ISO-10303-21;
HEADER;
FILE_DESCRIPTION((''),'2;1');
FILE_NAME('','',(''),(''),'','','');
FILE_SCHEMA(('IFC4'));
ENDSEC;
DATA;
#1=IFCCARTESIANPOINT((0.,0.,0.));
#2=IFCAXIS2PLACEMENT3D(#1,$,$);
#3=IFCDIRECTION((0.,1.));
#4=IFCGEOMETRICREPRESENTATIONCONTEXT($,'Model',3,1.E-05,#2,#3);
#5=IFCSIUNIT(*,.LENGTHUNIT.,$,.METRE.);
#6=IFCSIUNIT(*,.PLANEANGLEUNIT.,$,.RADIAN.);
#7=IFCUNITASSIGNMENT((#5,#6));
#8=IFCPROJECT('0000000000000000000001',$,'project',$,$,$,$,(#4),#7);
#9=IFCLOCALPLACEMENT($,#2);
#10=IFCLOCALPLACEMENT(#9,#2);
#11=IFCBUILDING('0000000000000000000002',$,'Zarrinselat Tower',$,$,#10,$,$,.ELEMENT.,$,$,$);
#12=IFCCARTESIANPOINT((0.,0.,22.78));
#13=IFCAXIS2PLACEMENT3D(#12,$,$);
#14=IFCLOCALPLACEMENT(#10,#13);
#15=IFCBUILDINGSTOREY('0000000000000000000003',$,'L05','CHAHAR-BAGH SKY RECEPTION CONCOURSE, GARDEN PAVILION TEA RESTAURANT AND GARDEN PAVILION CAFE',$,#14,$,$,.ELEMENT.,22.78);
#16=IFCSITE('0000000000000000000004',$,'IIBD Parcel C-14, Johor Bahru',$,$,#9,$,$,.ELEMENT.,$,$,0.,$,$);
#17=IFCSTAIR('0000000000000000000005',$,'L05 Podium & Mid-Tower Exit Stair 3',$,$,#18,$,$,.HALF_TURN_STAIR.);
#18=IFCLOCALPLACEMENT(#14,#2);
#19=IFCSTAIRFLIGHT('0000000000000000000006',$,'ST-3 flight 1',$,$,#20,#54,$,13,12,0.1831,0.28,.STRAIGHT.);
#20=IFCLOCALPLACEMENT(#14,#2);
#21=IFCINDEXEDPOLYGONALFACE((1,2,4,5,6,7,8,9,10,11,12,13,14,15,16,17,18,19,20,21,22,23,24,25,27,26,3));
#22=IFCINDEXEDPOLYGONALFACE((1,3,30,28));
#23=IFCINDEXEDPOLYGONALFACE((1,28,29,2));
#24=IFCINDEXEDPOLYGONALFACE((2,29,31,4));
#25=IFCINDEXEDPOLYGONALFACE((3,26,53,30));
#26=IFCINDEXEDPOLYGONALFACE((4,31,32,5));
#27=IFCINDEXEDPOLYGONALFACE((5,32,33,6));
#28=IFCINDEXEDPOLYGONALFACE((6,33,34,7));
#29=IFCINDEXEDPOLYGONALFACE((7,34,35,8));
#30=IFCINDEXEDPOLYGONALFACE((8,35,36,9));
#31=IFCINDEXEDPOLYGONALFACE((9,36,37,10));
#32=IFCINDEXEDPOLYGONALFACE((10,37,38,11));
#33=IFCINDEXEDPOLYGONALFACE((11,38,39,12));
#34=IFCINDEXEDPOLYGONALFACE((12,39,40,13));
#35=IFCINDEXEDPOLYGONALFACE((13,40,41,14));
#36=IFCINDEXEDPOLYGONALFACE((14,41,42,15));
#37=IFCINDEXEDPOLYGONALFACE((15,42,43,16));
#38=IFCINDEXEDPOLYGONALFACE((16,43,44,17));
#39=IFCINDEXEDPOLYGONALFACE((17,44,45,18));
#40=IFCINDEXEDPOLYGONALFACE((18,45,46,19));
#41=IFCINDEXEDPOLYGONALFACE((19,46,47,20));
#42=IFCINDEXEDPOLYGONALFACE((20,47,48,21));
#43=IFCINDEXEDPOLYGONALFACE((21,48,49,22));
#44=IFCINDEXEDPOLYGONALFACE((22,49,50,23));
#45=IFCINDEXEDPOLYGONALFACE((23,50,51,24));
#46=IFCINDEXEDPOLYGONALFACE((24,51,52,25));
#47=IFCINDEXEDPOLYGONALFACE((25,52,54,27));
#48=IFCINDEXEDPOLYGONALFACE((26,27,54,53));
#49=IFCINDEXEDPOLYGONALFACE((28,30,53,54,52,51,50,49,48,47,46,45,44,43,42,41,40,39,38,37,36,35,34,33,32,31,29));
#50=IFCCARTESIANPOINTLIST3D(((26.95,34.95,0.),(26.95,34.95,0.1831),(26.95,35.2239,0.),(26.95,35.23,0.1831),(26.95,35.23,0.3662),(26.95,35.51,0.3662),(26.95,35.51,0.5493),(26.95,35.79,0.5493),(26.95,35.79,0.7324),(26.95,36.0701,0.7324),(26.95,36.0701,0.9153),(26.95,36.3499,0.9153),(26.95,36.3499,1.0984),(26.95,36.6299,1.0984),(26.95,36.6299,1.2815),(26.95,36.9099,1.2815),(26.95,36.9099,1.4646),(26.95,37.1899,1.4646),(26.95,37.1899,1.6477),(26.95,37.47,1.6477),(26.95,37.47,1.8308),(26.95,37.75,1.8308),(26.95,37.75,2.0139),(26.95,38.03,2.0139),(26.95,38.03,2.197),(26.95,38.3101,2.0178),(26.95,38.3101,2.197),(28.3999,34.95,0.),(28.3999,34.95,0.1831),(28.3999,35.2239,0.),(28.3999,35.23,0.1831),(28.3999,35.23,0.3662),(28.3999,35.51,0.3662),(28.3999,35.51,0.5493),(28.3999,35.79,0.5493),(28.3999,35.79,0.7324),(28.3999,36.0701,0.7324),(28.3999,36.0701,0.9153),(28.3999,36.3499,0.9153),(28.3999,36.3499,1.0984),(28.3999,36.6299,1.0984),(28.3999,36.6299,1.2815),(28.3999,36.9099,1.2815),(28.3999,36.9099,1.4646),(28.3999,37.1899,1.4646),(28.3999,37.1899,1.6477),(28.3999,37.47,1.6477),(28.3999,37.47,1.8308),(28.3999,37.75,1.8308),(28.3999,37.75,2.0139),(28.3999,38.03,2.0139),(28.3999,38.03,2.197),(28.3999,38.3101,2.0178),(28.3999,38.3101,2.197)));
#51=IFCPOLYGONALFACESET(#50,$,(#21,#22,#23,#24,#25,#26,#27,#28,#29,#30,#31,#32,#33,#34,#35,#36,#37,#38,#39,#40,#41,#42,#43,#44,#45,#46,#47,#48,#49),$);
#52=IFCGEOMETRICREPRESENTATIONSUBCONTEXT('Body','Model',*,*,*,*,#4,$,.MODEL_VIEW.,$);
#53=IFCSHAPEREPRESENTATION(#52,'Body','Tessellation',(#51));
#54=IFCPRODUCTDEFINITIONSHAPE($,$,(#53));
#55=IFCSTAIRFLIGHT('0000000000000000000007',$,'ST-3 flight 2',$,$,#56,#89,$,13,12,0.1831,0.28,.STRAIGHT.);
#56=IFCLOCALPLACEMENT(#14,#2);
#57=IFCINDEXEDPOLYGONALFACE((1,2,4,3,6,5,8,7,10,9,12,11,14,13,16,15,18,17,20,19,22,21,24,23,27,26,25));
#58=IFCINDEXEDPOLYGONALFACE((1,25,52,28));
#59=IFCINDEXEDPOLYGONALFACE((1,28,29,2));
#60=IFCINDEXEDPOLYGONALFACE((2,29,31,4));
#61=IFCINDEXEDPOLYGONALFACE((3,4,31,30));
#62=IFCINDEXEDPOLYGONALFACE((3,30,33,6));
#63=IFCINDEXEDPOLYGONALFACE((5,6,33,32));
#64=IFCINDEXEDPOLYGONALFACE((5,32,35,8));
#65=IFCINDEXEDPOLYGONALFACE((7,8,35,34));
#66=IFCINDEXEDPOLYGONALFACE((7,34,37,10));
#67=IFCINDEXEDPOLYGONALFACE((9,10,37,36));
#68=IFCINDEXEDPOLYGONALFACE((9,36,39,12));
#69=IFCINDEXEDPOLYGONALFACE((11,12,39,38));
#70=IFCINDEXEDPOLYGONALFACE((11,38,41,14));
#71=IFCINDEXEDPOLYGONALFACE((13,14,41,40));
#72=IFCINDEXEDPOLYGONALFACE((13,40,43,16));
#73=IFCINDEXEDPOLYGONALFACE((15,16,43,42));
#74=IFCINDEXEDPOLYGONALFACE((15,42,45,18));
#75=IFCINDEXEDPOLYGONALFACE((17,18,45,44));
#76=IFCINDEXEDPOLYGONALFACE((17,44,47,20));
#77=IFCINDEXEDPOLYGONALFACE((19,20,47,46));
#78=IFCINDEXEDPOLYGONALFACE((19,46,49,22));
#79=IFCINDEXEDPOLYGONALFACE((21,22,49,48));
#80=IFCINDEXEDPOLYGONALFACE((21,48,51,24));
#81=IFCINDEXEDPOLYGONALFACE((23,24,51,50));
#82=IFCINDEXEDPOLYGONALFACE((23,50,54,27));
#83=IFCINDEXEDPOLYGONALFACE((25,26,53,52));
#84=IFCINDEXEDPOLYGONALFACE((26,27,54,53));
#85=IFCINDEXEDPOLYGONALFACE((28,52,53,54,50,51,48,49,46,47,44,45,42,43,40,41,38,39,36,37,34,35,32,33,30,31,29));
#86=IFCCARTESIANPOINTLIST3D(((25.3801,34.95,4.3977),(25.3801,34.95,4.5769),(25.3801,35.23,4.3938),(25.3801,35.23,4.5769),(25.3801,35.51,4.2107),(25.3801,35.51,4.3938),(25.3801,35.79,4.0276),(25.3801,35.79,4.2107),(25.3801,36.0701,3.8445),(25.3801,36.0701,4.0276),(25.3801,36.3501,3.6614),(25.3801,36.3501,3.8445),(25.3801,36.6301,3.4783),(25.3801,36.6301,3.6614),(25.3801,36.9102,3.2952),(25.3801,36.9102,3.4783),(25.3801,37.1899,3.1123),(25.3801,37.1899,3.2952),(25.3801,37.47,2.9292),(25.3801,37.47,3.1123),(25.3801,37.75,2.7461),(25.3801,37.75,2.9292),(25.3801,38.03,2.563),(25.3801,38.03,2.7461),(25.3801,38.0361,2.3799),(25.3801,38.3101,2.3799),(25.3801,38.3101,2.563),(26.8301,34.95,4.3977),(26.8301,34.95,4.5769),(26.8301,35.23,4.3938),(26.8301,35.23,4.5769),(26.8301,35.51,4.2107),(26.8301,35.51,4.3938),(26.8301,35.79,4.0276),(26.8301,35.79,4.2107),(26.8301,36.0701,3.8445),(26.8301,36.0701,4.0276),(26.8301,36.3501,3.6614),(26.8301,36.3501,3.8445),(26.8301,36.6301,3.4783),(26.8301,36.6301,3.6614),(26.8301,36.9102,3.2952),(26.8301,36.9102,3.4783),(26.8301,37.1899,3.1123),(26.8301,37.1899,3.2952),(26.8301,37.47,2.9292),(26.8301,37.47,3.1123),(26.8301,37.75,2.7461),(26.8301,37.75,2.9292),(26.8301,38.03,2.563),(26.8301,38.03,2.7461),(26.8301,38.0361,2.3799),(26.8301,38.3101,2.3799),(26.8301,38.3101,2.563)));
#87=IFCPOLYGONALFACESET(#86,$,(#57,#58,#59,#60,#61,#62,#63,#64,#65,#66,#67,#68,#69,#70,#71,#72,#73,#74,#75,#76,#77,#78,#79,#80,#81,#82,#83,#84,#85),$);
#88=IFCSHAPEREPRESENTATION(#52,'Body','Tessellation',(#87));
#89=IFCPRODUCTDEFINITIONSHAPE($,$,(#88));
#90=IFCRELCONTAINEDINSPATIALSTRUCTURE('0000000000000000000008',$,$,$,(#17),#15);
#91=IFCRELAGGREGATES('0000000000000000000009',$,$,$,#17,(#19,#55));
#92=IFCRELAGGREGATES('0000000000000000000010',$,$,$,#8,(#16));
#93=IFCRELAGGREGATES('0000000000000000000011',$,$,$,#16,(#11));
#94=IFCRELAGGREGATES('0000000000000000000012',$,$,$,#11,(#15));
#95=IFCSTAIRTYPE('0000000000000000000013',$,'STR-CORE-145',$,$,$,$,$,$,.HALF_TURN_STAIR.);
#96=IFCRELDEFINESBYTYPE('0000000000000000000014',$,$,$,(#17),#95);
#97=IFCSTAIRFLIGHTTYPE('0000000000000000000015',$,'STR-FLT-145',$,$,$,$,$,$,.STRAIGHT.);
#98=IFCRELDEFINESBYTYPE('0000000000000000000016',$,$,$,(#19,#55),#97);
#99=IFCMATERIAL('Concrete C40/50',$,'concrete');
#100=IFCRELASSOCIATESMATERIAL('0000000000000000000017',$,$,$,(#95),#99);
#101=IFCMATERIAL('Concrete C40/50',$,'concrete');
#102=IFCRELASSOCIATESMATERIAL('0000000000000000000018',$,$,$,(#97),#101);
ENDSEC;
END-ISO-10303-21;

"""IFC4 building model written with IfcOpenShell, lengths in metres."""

from ifc_helpers import new_model, si_unit, direction, frame, origin, place, context, subcontext, project, spatial, polyline, outline, extrude, material, type_object, element, aggregate, save


model = new_model("IFC4")

# Units and contexts
model_context = context("Model", 3, precision=1e-05, world=origin(), true_north=direction((0.0, 1.0)))
body_context = subcontext(model_context, "Body", "Model", "MODEL_VIEW")
ifc_project = project(units=[si_unit("LENGTHUNIT", "METRE"), si_unit("PLANEANGLEUNIT", "RADIAN")], contexts=[model_context])

# Site, building, storey
site_placement = place(None, origin())
site = spatial("IfcSite", under=ifc_project, at=site_placement, Name="IIBD Parcel C-14, Johor Bahru", CompositionType="ELEMENT", RefElevation=0.0)
building_placement = place(site_placement, origin())
building = spatial("IfcBuilding", under=site, at=building_placement, Name="Zarrinselat Tower", CompositionType="ELEMENT")
storey_placement = place(building_placement, frame((0.0, 0.0, 22.78)))
storey = spatial("IfcBuildingStorey", under=building, at=storey_placement, Name="L05", Description="CHAHAR-BAGH SKY RECEPTION CONCOURSE, GARDEN PAVILION TEA RESTAURANT AND GARDEN PAVILION CAFE", CompositionType="ELEMENT", Elevation=22.78)

# Stair, stair flights
ifc_material_1 = material(Name="Concrete C40/50", Category="concrete")
stair_type = type_object("IfcStairType", Name="STR-CORE-145", PredefinedType="HALF_TURN_STAIR", material=ifc_material_1)
stair_placement = place(storey_placement, origin())
stair = element("IfcStair", 1, at=stair_placement, inside=storey, type_object=stair_type, Name="L05 Podium & Mid-Tower Exit Stair 3", PredefinedType="HALF_TURN_STAIR")
ifc_material_2 = material(Name="Concrete C40/50", Category="concrete")
stair_flight_type = type_object("IfcStairFlightType", Name="STR-FLT-145", PredefinedType="STRAIGHT", material=ifc_material_2)
stair_flight_1_placement = place(storey_placement, frame((27.675, 34.95, 0.0), z_axis=(0.0, 0.0, 1.0), x_axis=(0.0, 1.0, 0.0)))
stair_flight_1 = element("IfcStairFlight", 2, at=stair_flight_1_placement, type_object=stair_flight_type, Name="ST-3 flight 1", NumberOfRisers=13, NumberOfTreads=12, PredefinedType="STRAIGHT", RiserHeight=0.1831, TreadLength=0.28, context=body_context, shape_type="SweptSolid", body=[
    extrude(outline(polyline([(0.0, 0.0), (0.0, 0.1831), (0.28, 0.1831), (0.28, 0.3662), (0.5601, 0.3662), (0.5601, 0.5493), (0.8401, 0.5493), (0.8401, 0.7324), (1.1201, 0.7324), (1.1201, 0.9153), (1.3999, 0.9153), (1.3999, 1.0984), (1.6799, 1.0984), (1.6799, 1.2815), (1.96, 1.2815), (1.96, 1.4646), (2.24, 1.4646), (2.24, 1.6477), (2.52, 1.6477), (2.52, 1.8308), (2.8, 1.8308), (2.8, 2.0139), (3.0801, 2.0139), (3.0801, 2.197), (3.3601, 2.197), (3.3601, 2.3799), (3.3601, 2.0178), (0.2739, 0.0), (0.0, 0.0)])), frame((0.0, 0.7251, 0.0), z_axis=(0.0, -1.0, 0.0), x_axis=(1.0, 0.0, 0.0)), (0.0, 0.0, 1.0), 1.45),
])
stair_flight_2_placement = place(storey_placement, frame((26.105, 38.3101, 2.3799), z_axis=(0.0, 0.0, 1.0), x_axis=(0.0, -1.0, 0.0)))
stair_flight_2 = element("IfcStairFlight", 3, at=stair_flight_2_placement, type_object=stair_flight_type, Name="ST-3 flight 2", NumberOfRisers=13, NumberOfTreads=12, PredefinedType="STRAIGHT", RiserHeight=0.1831, TreadLength=0.28, context=body_context, shape_type="SweptSolid", body=[
    extrude(outline(polyline([(0.0, 0.0), (0.0, 0.1831), (0.28, 0.1831), (0.28, 0.3662), (0.5601, 0.3662), (0.5601, 0.5493), (0.8401, 0.5493), (0.8401, 0.7324), (1.1201, 0.7324), (1.1201, 0.9153), (1.3999, 0.9153), (1.3999, 1.0984), (1.6799, 1.0984), (1.6799, 1.2815), (1.96, 1.2815), (1.96, 1.4646), (2.24, 1.4646), (2.24, 1.6477), (2.52, 1.6477), (2.52, 1.8308), (2.8, 1.8308), (2.8, 2.0139), (3.0801, 2.0139), (3.0801, 2.197), (3.3601, 2.197), (3.3601, 2.3799), (3.3601, 2.0178), (0.2739, 0.0), (0.0, 0.0)])), frame((0.0, 0.7251, 0.0), z_axis=(0.0, -1.0, 0.0), x_axis=(1.0, 0.0, 0.0)), (0.0, 0.0, 1.0), 1.45),
])
aggregate(stair, [stair_flight_1, stair_flight_2])

save(model, "model.ifc")
